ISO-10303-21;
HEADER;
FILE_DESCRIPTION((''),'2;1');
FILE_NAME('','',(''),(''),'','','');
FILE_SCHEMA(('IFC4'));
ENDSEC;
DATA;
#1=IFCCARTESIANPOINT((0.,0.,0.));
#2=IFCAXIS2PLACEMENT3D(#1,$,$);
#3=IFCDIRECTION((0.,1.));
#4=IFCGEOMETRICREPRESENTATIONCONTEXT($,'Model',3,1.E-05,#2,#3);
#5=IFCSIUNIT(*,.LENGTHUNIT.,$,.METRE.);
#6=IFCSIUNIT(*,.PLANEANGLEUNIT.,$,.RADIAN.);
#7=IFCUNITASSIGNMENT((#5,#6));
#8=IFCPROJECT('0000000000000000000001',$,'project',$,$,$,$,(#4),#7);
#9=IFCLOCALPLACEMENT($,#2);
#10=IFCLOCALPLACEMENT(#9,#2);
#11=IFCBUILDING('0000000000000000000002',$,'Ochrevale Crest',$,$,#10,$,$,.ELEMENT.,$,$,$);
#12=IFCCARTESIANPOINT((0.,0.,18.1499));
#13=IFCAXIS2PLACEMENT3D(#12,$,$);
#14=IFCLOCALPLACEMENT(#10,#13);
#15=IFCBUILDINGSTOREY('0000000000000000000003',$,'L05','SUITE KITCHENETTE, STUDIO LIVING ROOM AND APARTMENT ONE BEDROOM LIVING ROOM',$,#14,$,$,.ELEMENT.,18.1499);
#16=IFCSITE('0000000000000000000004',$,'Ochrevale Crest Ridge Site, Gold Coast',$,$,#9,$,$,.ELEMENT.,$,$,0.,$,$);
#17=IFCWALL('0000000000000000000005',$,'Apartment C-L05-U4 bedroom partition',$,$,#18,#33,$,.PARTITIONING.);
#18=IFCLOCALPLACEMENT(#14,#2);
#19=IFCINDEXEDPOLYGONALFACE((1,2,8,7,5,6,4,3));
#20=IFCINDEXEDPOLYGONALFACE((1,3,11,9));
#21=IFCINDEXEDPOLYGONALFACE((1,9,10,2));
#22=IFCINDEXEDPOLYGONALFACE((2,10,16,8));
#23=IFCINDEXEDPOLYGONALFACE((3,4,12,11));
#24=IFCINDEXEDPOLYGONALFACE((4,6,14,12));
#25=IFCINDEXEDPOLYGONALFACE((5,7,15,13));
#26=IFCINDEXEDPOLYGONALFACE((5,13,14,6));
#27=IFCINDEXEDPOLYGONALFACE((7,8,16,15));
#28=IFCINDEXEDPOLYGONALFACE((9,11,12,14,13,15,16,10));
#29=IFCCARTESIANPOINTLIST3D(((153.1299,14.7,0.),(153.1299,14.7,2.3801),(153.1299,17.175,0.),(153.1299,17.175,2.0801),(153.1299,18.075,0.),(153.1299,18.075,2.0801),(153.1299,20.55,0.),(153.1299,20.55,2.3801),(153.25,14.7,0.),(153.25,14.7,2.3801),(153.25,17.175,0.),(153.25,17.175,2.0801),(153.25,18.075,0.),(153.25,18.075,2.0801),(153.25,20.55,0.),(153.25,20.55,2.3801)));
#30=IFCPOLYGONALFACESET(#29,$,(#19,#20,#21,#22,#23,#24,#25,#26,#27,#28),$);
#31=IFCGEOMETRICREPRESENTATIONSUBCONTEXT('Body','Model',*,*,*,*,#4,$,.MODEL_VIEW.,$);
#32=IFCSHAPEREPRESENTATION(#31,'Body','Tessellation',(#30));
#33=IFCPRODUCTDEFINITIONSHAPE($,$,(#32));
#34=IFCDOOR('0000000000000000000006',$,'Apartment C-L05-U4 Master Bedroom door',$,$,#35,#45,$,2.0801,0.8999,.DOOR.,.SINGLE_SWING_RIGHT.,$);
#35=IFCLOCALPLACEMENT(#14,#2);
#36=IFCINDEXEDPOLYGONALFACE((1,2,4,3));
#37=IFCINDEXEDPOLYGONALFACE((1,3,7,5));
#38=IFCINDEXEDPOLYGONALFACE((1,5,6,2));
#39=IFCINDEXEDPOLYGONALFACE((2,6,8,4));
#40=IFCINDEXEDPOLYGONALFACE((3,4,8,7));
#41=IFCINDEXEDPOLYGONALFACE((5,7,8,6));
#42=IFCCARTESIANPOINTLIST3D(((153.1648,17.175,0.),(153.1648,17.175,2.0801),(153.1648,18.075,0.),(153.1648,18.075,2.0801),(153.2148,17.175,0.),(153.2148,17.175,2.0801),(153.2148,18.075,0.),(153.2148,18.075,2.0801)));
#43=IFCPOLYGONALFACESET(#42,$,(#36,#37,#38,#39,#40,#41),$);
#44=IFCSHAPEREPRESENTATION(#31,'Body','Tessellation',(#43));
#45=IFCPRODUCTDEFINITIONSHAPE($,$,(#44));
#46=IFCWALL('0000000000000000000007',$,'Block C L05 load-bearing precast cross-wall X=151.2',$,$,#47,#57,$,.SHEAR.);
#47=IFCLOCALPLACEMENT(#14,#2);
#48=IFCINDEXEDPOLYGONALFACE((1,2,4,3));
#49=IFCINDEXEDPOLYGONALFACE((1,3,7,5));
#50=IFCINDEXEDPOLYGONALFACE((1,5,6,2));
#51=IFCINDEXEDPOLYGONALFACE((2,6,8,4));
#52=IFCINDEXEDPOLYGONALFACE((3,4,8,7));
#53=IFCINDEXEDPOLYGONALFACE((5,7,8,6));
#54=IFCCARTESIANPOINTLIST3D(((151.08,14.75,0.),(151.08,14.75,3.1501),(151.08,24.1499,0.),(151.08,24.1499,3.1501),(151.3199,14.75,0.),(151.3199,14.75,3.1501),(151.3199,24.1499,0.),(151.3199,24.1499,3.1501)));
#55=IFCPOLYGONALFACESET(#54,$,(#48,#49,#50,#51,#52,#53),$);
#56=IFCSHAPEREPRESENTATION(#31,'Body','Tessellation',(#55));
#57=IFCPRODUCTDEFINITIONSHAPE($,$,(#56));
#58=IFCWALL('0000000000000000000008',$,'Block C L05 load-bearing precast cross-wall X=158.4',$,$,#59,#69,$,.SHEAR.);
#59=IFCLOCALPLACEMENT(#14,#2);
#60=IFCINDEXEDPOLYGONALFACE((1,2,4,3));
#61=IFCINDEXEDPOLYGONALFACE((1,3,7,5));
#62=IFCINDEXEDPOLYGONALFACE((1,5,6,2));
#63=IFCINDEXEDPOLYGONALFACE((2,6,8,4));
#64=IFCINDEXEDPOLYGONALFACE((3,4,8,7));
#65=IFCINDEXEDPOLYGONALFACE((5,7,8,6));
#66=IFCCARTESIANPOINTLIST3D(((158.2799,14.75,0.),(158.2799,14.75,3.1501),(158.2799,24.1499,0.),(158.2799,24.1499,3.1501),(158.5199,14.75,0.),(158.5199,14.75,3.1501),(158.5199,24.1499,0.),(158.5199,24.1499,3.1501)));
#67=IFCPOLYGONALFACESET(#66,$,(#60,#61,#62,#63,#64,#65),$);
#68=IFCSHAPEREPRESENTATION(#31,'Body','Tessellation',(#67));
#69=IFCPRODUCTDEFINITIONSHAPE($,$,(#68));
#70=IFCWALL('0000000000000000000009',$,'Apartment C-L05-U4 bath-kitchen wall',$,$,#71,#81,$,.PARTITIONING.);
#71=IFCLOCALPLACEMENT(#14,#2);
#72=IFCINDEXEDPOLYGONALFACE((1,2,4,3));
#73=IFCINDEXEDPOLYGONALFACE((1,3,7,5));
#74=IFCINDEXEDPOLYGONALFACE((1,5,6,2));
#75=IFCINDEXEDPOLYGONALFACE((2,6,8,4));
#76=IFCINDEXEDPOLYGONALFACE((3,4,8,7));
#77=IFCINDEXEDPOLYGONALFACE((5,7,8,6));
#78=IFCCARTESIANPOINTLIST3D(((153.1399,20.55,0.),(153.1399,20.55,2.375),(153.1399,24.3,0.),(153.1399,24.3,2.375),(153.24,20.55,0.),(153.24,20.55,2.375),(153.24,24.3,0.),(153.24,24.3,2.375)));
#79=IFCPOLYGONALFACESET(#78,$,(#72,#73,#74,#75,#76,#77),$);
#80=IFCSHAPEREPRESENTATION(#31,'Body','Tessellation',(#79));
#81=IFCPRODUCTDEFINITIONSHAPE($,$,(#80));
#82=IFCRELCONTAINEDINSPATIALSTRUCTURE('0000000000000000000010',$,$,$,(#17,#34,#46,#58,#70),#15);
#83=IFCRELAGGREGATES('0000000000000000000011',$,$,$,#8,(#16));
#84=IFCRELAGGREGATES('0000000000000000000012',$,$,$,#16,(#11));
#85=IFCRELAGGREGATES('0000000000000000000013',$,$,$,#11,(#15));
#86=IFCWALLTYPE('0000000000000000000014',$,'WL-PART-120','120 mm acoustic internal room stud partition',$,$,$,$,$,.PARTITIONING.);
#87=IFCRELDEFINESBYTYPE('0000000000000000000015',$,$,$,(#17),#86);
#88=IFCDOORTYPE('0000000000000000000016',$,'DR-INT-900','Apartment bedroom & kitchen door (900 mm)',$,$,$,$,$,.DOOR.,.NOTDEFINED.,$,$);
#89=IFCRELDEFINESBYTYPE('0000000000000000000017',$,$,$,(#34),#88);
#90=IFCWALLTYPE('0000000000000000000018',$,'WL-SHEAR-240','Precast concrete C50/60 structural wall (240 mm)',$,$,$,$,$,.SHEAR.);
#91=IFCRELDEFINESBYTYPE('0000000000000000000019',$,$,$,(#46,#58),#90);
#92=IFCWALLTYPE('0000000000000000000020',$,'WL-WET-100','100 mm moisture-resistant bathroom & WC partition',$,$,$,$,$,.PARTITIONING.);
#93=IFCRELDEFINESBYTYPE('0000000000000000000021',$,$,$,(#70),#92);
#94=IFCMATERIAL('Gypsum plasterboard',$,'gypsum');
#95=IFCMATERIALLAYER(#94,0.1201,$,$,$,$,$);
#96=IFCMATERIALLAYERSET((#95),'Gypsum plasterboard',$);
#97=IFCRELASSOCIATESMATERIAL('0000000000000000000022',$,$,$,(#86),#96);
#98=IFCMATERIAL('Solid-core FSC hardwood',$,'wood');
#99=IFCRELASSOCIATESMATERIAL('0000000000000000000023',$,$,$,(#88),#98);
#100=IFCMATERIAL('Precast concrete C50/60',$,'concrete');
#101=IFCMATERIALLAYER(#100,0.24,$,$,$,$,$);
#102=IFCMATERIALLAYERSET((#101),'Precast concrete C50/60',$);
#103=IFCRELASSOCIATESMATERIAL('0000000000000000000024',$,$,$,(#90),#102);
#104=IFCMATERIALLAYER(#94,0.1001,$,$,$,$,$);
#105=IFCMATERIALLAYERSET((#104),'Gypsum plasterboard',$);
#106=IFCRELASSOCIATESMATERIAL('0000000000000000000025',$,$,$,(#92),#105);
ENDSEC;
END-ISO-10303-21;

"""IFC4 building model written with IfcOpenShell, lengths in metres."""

from ifc_helpers import new_model, si_unit, direction, frame, frame_2d, origin, place, context, subcontext, project, spatial, rectangle, extrude, material, layer, layer_set, type_object, element, fill, save


model = new_model("IFC4")

# Units and contexts
model_context = context("Model", 3, precision=1e-05, world=origin(), true_north=direction((0.0, 1.0)))
body_context = subcontext(model_context, "Body", "Model", "MODEL_VIEW")
ifc_project = project(units=[si_unit("LENGTHUNIT", "METRE"), si_unit("PLANEANGLEUNIT", "RADIAN")], contexts=[model_context])

# Site, building, storey
site_placement = place(None, origin())
site = spatial("IfcSite", under=ifc_project, at=site_placement, Name="Ochrevale Crest Ridge Site, Gold Coast", CompositionType="ELEMENT", RefElevation=0.0)
building_placement = place(site_placement, origin())
building = spatial("IfcBuilding", under=site, at=building_placement, Name="Ochrevale Crest", CompositionType="ELEMENT")
storey_placement = place(building_placement, frame((0.0, 0.0, 18.1499)))
storey = spatial("IfcBuildingStorey", under=building, at=storey_placement, Name="L05", Description="SUITE KITCHENETTE, STUDIO LIVING ROOM AND APARTMENT ONE BEDROOM LIVING ROOM", CompositionType="ELEMENT", Elevation=18.1499)

# Shared definitions
ifc_material_1 = material(Name="Precast concrete C50/60", Category="concrete")

# Shared definitions
ifc_material_2 = material(Name="Gypsum plasterboard", Category="gypsum")
ifc_layer_1 = layer(ifc_material_2, 0.1201)
ifc_layer_set_1 = layer_set([ifc_layer_1], Name="Gypsum plasterboard")
wall_type_1 = type_object("IfcWallType", Name="WL-PART-120", Description="120 mm acoustic internal room stud partition", PredefinedType="PARTITIONING", material=ifc_layer_set_1)

# Shared definitions
ifc_material_3 = material(Name="Solid-core FSC hardwood", Category="wood")
door_type_1 = type_object("IfcDoorType", Name="DR-INT-900", Description="Apartment bedroom & kitchen door (900 mm)", OperationType="NOTDEFINED", PredefinedType="DOOR", material=ifc_material_3)

# Wall, opening, door
wall_1_placement = place(storey_placement, frame((153.1899, 14.7, 0.0), z_axis=(0.0, 0.0, 1.0), x_axis=(0.0, 1.0, 0.0)))
wall_1 = element("IfcWall", 1, at=wall_1_placement, inside=storey, type_object=wall_type_1, Name="Apartment C-L05-U4 bedroom partition", PredefinedType="PARTITIONING", context=body_context, shape_type="SweptSolid", body=[
    extrude(rectangle(XDim=5.8501, YDim=0.1201, at=frame_2d((2.925, 0.0))), origin(), (0.0, 0.0, 1.0), 2.3801),
])
opening_1_placement = place(wall_1_placement, frame((3.375, 0.0, 0.0), z_axis=(0.0, 0.0, 1.0), x_axis=(-1.0, 0.0, 0.0)))
opening_1 = element("IfcOpeningElement", 2, at=opening_1_placement, cuts=wall_1, PredefinedType="OPENING", context=body_context, shape_type="SweptSolid", body=[
    extrude(rectangle(XDim=0.8999, YDim=2.0801, at=frame_2d((0.45, 1.04))), frame((0.0, 0.0701, 0.0), z_axis=(0.0, -1.0, 0.0), x_axis=(1.0, 0.0, 0.0)), (0.0, 0.0, 1.0), 0.1401),
])
door_1_placement = place(opening_1_placement, origin())
door_1 = element("IfcDoor", 3, at=door_1_placement, inside=storey, type_object=door_type_1, Name="Apartment C-L05-U4 Master Bedroom door", OperationType="SINGLE_SWING_RIGHT", OverallHeight=2.0801, OverallWidth=0.8999, PredefinedType="DOOR", context=body_context, shape_type="SweptSolid", body=[
    extrude(rectangle(XDim=0.8999, YDim=2.0801, at=frame_2d((0.45, 1.04))), frame((0.0, 0.0249, 0.0), z_axis=(0.0, -1.0, 0.0), x_axis=(1.0, 0.0, 0.0)), (0.0, 0.0, 1.0), 0.05),
])
fill(opening_1, door_1)

# Walls
ifc_layer_2 = layer(ifc_material_1, 0.24)
ifc_layer_set_2 = layer_set([ifc_layer_2], Name="Precast concrete C50/60")
wall_type_2 = type_object("IfcWallType", Name="WL-SHEAR-240", Description="Precast concrete C50/60 structural wall (240 mm)", PredefinedType="SHEAR", material=ifc_layer_set_2)
for number, where, z_axis, x_axis, name in (
    (4, (151.2, 14.75, 0.0), (0.0, 0.0, 1.0), (0.0, 1.0, 0.0), "Block C L05 load-bearing precast cross-wall X=151.2"),
    (5, (158.3999, 14.75, 0.0), (0.0, 0.0, 1.0), (0.0, 1.0, 0.0), "Block C L05 load-bearing precast cross-wall X=158.4"),
):
    element("IfcWall", number, at=place(storey_placement, frame(where, z_axis=z_axis, x_axis=x_axis)), inside=storey, type_object=wall_type_2, Name=name, PredefinedType="SHEAR", context=body_context, shape_type="SweptSolid", body=[
        extrude(rectangle(XDim=9.3999, YDim=0.24, at=frame_2d((4.7, 0.0))), origin(), (0.0, 0.0, 1.0), 3.1501),
    ])
ifc_layer_3 = layer(ifc_material_2, 0.1001)
ifc_layer_set_3 = layer_set([ifc_layer_3], Name="Gypsum plasterboard")
wall_type_3 = type_object("IfcWallType", Name="WL-WET-100", Description="100 mm moisture-resistant bathroom & WC partition", PredefinedType="PARTITIONING", material=ifc_layer_set_3)
wall_2_placement = place(storey_placement, frame((153.1899, 20.55, 0.0), z_axis=(0.0, 0.0, 1.0), x_axis=(0.0, 1.0, 0.0)))
element("IfcWall", 6, at=wall_2_placement, inside=storey, type_object=wall_type_3, Name="Apartment C-L05-U4 bath-kitchen wall", PredefinedType="PARTITIONING", context=body_context, shape_type="SweptSolid", body=[
    extrude(rectangle(XDim=3.75, YDim=0.1001, at=frame_2d((1.875, 0.0))), origin(), (0.0, 0.0, 1.0), 2.375),
])

save(model, "model.ifc")
